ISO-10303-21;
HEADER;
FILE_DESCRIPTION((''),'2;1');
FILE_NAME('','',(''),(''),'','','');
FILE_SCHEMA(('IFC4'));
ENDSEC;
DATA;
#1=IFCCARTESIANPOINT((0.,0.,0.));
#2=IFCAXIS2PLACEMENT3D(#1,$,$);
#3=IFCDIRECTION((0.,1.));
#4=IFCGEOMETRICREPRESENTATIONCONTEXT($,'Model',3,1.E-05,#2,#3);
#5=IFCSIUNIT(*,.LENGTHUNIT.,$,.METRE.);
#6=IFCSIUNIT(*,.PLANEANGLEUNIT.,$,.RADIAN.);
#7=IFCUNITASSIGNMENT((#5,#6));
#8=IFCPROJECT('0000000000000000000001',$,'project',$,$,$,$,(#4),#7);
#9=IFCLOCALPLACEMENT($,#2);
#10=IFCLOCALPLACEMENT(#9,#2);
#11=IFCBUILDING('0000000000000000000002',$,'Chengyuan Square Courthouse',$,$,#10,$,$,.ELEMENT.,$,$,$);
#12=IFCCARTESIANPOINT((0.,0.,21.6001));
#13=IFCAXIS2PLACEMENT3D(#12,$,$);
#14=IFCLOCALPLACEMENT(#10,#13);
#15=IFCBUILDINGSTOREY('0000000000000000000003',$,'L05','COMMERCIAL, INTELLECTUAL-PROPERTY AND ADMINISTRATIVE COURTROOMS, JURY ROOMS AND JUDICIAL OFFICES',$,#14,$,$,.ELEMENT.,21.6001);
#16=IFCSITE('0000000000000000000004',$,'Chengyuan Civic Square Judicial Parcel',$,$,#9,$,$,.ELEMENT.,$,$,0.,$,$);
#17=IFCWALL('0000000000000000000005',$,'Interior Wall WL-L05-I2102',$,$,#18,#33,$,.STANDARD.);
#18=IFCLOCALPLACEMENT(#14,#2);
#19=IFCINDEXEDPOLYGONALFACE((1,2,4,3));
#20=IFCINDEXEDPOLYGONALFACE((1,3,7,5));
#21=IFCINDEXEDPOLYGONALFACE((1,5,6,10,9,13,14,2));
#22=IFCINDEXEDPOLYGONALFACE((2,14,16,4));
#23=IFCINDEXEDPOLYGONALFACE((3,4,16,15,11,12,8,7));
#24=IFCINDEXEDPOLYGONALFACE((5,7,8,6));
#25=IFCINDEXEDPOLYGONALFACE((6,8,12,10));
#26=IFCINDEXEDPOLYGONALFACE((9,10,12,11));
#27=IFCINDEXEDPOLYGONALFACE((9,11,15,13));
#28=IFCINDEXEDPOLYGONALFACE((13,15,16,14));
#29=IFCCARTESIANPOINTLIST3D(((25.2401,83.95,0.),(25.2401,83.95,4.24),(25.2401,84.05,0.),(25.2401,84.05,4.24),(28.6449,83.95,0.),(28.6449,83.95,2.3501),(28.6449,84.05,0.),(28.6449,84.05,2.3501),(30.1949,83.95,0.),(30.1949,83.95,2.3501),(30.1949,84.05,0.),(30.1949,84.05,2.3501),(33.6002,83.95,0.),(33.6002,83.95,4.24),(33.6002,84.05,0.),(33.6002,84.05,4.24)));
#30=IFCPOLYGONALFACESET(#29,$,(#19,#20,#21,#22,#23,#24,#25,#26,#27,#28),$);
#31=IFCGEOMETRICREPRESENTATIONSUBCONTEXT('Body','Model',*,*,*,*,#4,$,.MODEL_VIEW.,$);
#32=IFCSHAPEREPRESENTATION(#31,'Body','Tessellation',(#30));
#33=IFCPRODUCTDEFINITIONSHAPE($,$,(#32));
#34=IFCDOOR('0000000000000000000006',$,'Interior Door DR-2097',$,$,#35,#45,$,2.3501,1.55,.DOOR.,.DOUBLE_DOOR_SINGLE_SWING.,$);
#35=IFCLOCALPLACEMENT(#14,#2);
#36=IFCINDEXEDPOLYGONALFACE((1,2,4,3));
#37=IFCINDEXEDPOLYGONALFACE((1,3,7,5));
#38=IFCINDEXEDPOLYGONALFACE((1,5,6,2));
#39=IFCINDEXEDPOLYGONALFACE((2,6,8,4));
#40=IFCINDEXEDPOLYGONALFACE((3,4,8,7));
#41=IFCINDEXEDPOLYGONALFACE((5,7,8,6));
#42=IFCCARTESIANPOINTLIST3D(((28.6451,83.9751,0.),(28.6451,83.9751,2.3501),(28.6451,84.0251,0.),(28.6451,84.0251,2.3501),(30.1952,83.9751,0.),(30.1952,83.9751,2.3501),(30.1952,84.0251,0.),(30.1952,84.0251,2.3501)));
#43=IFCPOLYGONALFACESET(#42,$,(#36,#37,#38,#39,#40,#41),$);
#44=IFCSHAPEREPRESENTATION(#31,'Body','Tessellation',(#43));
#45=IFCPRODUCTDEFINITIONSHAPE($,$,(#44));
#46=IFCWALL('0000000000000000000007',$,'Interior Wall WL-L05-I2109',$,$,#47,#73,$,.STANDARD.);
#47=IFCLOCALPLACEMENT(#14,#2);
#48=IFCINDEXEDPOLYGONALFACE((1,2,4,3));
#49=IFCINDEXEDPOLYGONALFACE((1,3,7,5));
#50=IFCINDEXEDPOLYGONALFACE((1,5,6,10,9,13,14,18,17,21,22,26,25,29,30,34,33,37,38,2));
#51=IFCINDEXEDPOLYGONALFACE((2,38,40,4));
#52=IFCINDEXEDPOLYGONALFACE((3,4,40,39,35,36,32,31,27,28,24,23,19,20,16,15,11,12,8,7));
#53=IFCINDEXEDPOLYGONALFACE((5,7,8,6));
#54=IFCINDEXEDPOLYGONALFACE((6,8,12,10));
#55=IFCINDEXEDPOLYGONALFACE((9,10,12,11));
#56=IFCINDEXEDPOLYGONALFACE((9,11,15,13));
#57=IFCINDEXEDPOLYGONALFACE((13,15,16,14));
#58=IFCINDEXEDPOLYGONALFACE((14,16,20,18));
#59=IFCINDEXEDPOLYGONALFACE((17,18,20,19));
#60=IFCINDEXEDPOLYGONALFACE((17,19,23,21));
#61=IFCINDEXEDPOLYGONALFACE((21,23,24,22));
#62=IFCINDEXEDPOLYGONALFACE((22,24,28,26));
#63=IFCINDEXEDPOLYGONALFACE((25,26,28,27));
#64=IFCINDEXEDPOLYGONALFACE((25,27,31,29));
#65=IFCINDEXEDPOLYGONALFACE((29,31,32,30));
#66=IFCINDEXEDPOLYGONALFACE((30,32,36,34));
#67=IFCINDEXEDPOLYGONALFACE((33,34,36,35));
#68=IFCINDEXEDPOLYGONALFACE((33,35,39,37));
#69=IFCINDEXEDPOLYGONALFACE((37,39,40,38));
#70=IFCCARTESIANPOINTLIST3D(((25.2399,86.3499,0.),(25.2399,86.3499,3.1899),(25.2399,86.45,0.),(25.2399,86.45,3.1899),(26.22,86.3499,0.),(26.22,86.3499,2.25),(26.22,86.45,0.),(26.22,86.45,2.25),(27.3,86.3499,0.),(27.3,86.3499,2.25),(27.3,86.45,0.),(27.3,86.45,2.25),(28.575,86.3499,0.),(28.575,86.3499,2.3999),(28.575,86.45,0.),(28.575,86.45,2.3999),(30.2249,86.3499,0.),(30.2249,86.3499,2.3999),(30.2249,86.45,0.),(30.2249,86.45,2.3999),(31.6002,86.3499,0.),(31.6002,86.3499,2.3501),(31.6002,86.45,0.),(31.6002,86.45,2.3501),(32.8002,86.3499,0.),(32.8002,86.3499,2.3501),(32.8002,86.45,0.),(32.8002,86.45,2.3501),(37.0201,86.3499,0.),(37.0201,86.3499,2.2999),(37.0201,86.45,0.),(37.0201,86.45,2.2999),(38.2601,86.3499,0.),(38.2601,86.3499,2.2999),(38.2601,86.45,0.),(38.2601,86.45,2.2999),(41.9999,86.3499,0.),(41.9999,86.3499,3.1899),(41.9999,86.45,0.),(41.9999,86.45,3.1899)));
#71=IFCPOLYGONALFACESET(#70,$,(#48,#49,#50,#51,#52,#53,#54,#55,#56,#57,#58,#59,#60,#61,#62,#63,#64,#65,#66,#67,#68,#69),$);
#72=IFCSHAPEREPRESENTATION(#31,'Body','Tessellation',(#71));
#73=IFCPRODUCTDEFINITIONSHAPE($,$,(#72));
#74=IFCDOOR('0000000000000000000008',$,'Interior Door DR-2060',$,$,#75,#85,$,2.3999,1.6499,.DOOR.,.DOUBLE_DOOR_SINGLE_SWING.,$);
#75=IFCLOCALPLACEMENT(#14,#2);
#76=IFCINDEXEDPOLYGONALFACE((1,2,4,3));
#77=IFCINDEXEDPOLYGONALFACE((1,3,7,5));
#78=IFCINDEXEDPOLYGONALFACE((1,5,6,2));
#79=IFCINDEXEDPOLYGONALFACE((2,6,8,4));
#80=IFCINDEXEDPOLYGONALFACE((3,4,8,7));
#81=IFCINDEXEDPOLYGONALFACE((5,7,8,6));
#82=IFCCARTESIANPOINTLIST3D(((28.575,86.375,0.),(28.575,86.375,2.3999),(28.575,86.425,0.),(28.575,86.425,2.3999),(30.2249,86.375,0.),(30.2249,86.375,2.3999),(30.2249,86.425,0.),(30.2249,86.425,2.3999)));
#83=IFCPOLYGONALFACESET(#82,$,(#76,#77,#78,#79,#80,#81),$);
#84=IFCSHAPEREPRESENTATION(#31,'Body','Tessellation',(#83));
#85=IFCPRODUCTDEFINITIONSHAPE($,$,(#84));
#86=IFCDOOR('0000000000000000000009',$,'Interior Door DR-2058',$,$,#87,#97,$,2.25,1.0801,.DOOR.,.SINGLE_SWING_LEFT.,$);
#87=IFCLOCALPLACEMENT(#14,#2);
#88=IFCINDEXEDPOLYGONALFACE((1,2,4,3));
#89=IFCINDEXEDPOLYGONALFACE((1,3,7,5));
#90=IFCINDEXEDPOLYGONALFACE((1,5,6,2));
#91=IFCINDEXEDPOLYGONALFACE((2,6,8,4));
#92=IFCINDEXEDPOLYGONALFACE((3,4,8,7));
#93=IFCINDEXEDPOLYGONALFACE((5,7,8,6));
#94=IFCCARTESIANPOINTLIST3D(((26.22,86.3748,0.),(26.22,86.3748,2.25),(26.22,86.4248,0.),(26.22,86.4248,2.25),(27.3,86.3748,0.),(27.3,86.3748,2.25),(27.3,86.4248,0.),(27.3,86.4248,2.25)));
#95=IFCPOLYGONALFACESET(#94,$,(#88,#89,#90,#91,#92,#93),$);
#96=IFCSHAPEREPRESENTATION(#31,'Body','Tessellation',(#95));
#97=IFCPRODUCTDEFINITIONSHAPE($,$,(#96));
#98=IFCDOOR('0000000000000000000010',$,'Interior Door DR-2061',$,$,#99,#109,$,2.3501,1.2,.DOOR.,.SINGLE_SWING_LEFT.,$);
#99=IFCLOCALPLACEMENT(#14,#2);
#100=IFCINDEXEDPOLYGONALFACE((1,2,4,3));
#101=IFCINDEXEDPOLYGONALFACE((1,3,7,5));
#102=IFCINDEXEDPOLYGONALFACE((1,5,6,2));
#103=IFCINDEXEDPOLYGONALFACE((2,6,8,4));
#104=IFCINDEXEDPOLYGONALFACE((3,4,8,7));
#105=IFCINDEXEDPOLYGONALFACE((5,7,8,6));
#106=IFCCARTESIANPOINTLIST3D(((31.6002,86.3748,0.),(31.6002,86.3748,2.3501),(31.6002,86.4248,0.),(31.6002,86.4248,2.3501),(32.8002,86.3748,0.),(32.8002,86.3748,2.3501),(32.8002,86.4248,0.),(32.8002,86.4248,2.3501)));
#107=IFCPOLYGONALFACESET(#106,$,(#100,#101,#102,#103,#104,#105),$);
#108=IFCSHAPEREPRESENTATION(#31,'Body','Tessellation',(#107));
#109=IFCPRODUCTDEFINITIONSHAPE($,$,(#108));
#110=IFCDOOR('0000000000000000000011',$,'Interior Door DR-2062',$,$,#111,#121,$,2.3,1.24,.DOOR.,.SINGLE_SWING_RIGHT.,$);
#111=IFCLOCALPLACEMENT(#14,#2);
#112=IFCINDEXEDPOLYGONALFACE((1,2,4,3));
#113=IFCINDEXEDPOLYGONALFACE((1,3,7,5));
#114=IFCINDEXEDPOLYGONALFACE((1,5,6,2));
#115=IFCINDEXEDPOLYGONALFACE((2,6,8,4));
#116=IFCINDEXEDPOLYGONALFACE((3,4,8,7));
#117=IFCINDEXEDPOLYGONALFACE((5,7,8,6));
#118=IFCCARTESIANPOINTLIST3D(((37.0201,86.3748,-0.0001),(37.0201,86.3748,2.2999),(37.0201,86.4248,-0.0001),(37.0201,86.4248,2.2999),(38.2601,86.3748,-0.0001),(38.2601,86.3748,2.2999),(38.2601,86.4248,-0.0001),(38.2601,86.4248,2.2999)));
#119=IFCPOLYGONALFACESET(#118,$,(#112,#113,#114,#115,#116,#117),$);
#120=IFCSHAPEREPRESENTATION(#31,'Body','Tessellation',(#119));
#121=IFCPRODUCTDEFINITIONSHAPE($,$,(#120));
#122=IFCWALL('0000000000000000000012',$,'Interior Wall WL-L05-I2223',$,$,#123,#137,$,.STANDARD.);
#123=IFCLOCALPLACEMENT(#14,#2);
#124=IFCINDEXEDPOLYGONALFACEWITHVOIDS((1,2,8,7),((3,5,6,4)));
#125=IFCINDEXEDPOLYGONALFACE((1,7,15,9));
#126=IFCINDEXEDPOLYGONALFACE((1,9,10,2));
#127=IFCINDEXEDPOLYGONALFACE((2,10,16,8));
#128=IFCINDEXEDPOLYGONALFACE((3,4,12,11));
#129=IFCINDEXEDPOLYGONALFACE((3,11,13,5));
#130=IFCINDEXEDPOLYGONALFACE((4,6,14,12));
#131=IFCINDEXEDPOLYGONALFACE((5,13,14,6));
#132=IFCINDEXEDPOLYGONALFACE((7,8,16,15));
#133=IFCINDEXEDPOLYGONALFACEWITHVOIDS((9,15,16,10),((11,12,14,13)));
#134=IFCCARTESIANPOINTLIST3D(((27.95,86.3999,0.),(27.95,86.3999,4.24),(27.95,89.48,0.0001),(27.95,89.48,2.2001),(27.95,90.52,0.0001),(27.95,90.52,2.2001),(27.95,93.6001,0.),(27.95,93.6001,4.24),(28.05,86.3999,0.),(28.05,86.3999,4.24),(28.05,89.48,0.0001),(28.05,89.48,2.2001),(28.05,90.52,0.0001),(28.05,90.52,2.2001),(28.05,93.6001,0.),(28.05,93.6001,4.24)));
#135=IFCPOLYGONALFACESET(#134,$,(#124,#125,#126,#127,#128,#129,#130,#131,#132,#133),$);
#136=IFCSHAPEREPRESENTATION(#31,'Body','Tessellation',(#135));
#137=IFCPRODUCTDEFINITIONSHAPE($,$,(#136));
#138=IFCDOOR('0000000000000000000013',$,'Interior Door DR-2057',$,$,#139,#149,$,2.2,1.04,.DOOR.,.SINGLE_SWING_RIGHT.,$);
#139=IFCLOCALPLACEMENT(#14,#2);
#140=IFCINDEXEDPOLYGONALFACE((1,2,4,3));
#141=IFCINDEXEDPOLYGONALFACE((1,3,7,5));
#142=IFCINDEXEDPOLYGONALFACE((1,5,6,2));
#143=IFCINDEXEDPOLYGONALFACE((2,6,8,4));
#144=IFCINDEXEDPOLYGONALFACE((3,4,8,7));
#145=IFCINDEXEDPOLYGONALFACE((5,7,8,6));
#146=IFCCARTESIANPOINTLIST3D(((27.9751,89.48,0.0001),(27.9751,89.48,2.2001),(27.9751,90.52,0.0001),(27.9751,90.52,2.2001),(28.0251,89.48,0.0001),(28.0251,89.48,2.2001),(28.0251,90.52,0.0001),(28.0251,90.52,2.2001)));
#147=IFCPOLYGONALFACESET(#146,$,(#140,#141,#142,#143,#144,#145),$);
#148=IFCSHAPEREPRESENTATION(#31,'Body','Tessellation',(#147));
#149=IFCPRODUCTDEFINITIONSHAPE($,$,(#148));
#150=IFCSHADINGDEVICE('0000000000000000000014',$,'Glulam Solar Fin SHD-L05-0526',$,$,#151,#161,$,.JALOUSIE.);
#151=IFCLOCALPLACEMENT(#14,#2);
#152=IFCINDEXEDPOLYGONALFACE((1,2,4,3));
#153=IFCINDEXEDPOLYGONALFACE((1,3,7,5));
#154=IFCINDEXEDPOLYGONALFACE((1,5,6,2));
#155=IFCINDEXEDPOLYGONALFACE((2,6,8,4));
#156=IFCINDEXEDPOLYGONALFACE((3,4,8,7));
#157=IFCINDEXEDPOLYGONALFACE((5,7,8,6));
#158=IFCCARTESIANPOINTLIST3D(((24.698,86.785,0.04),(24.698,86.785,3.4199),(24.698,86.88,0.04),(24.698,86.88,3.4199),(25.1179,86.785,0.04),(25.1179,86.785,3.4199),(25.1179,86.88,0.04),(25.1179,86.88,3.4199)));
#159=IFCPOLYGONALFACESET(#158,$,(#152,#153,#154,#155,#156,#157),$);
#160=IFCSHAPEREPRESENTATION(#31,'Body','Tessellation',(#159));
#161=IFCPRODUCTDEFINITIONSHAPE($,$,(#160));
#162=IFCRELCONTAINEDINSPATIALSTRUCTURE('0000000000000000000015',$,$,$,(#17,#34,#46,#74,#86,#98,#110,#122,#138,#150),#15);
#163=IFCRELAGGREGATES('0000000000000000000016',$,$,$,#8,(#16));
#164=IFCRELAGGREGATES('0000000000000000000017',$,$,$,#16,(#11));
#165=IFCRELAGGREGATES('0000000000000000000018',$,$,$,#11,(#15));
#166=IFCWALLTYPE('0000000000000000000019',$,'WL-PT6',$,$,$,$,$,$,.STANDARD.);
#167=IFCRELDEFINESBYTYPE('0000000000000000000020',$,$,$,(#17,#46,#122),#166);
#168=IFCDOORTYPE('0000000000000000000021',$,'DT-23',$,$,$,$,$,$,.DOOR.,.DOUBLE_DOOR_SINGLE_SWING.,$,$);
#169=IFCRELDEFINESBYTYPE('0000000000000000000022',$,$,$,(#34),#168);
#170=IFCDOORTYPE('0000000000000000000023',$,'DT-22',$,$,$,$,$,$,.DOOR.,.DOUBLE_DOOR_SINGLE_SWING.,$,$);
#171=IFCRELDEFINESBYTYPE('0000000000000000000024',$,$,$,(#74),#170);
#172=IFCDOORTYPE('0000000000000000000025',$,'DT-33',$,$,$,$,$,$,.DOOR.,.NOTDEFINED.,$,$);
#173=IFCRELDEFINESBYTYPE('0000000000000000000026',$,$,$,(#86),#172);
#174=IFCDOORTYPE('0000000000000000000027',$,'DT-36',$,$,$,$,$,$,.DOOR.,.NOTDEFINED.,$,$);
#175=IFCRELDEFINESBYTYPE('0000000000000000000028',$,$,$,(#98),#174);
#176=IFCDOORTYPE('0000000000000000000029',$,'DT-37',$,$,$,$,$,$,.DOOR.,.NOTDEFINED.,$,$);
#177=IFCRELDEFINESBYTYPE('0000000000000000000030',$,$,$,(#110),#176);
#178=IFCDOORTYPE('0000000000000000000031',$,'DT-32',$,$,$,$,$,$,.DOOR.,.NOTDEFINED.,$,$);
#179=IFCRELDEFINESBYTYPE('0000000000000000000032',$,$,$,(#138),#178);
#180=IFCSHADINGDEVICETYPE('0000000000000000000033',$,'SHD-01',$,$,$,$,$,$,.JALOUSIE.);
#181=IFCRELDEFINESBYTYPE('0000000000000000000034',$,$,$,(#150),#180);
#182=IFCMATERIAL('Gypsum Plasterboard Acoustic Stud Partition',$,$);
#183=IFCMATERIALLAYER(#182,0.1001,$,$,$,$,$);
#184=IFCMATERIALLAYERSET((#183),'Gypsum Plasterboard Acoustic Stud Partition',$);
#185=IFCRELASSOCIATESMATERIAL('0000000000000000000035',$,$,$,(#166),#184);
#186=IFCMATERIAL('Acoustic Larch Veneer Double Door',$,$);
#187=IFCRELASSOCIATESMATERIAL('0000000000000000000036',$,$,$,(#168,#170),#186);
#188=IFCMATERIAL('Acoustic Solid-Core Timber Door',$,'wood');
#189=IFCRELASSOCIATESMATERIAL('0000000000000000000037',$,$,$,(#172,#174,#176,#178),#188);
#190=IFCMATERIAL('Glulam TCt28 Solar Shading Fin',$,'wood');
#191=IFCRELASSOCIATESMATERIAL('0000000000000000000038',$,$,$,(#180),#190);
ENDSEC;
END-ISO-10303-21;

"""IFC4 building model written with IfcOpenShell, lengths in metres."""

from ifc_helpers import new_model, si_unit, direction, frame, frame_2d, origin, origin_2d, place, context, subcontext, project, spatial, rectangle, extrude, material, layer, layer_set, type_object, element, fill, save


model = new_model("IFC4")

# Units and contexts
model_context = context("Model", 3, precision=1e-05, world=origin(), true_north=direction((0.0, 1.0)))
body_context = subcontext(model_context, "Body", "Model", "MODEL_VIEW")
ifc_project = project(units=[si_unit("LENGTHUNIT", "METRE"), si_unit("PLANEANGLEUNIT", "RADIAN")], contexts=[model_context])

# Site, building, storey
site_placement = place(None, origin())
site = spatial("IfcSite", under=ifc_project, at=site_placement, Name="Chengyuan Civic Square Judicial Parcel", CompositionType="ELEMENT", RefElevation=0.0)
building_placement = place(site_placement, origin())
building = spatial("IfcBuilding", under=site, at=building_placement, Name="Chengyuan Square Courthouse", CompositionType="ELEMENT")
storey_placement = place(building_placement, frame((0.0, 0.0, 21.6001)))
storey = spatial("IfcBuildingStorey", under=building, at=storey_placement, Name="L05", Description="COMMERCIAL, INTELLECTUAL-PROPERTY AND ADMINISTRATIVE COURTROOMS, JURY ROOMS AND JUDICIAL OFFICES", CompositionType="ELEMENT", Elevation=21.6001)

# Wall, opening, door
ifc_material_1 = material(Name="Gypsum Plasterboard Acoustic Stud Partition")
ifc_layer_1 = layer(ifc_material_1, 0.1001)
ifc_layer_set_1 = layer_set([ifc_layer_1], Name="Gypsum Plasterboard Acoustic Stud Partition")
wall_type_1 = type_object("IfcWallType", Name="WL-PT6", PredefinedType="STANDARD", material=ifc_layer_set_1)
wall_1_placement = place(storey_placement, frame((25.24, 84.0, 0.0), z_axis=(0.0, 0.0, 1.0), x_axis=(1.0, 0.0, 0.0)))
wall_1 = element("IfcWall", 1, at=wall_1_placement, inside=storey, type_object=wall_type_1, Name="Interior Wall WL-L05-I2102", PredefinedType="STANDARD", context=body_context, shape_type="SweptSolid", body=[
    extrude(rectangle(XDim=8.3601, YDim=0.1001, at=frame_2d((4.1802, 0.0))), origin(), (0.0, 0.0, 1.0), 4.24),
])
opening_1_placement = place(wall_1_placement, frame((3.405, 0.0, 0.0)))
opening_1 = element("IfcOpeningElement", 2, at=opening_1_placement, cuts=wall_1, PredefinedType="OPENING", context=body_context, shape_type="SweptSolid", body=[
    extrude(rectangle(XDim=1.55, YDim=2.3501, at=frame_2d((0.7749, 1.175))), frame((0.0, 0.062, 0.0), z_axis=(0.0, -1.0, 0.0), x_axis=(1.0, 0.0, 0.0)), (0.0, 0.0, 1.0), 0.124),
])
ifc_material_2 = material(Name="Acoustic Larch Veneer Double Door")
door_type_1 = type_object("IfcDoorType", Name="DT-23", OperationType="DOUBLE_DOOR_SINGLE_SWING", PredefinedType="DOOR", material=ifc_material_2)
door_1_placement = place(opening_1_placement, frame((1.55, 0.0, 0.0), z_axis=(0.0, 0.0, 1.0), x_axis=(-1.0, 0.0, 0.0)))
door_1 = element("IfcDoor", 3, at=door_1_placement, inside=storey, type_object=door_type_1, Name="Interior Door DR-2097", OperationType="DOUBLE_DOOR_SINGLE_SWING", OverallHeight=2.3501, OverallWidth=1.55, PredefinedType="DOOR", context=body_context, shape_type="SweptSolid", body=[
    extrude(rectangle(XDim=1.55, YDim=2.3501, at=frame_2d((0.7749, 1.175))), frame((0.0, 0.0249, 0.0), z_axis=(0.0, -1.0, 0.0), x_axis=(1.0, 0.0, 0.0)), (0.0, 0.0, 1.0), 0.05),
])
fill(opening_1, door_1)

# Wall, openings, doors
wall_2_placement = place(storey_placement, frame((25.24, 86.3999, 0.0), z_axis=(0.0, 0.0, 1.0), x_axis=(1.0, 0.0, 0.0)))
wall_2 = element("IfcWall", 4, at=wall_2_placement, inside=storey, type_object=wall_type_1, Name="Interior Wall WL-L05-I2109", PredefinedType="STANDARD", context=body_context, shape_type="SweptSolid", body=[
    extrude(rectangle(XDim=16.76, YDim=0.1001, at=frame_2d((8.3799, 0.0))), origin(), (0.0, 0.0, 1.0), 3.1899),
])
opening_2_placement = place(wall_2_placement, frame((0.98, 0.0, 0.0)))
opening_2 = element("IfcOpeningElement", 5, at=opening_2_placement, cuts=wall_2, PredefinedType="OPENING", context=body_context, shape_type="SweptSolid", body=[
    extrude(rectangle(XDim=1.0801, YDim=2.25, at=frame_2d((0.54, 1.125))), frame((0.0, 0.062, 0.0), z_axis=(0.0, -1.0, 0.0), x_axis=(1.0, 0.0, 0.0)), (0.0, 0.0, 1.0), 0.124),
])
opening_3_placement = place(wall_2_placement, frame((3.335, 0.0, 0.0)))
opening_3 = element("IfcOpeningElement", 6, at=opening_3_placement, cuts=wall_2, PredefinedType="OPENING", context=body_context, shape_type="SweptSolid", body=[
    extrude(rectangle(XDim=1.6499, YDim=2.3999, at=frame_2d((0.825, 1.2))), frame((0.0, 0.062, 0.0), z_axis=(0.0, -1.0, 0.0), x_axis=(1.0, 0.0, 0.0)), (0.0, 0.0, 1.0), 0.124),
])
opening_4_placement = place(wall_2_placement, frame((6.3601, 0.0, 0.0)))
opening_4 = element("IfcOpeningElement", 7, at=opening_4_placement, cuts=wall_2, PredefinedType="OPENING", context=body_context, shape_type="SweptSolid", body=[
    extrude(rectangle(XDim=1.2, YDim=2.3501, at=frame_2d((0.6001, 1.175))), frame((0.0, 0.062, 0.0), z_axis=(0.0, -1.0, 0.0), x_axis=(1.0, 0.0, 0.0)), (0.0, 0.0, 1.0), 0.124),
])
opening_5_placement = place(wall_2_placement, frame((11.78, 0.0, 0.0)))
opening_5 = element("IfcOpeningElement", 8, at=opening_5_placement, cuts=wall_2, PredefinedType="OPENING", context=body_context, shape_type="SweptSolid", body=[
    extrude(rectangle(XDim=1.24, YDim=2.3, at=frame_2d((0.6201, 1.1499))), frame((0.0, 0.062, 0.0), z_axis=(0.0, -1.0, 0.0), x_axis=(1.0, 0.0, 0.0)), (0.0, 0.0, 1.0), 0.124),
])
door_type_2 = type_object("IfcDoorType", Name="DT-22", OperationType="DOUBLE_DOOR_SINGLE_SWING", PredefinedType="DOOR", material=ifc_material_2)
door_2_placement = place(opening_3_placement, frame((1.6499, 0.0, 0.0), z_axis=(0.0, 0.0, 1.0), x_axis=(-1.0, 0.0, 0.0)))
door_2 = element("IfcDoor", 9, at=door_2_placement, inside=storey, type_object=door_type_2, Name="Interior Door DR-2060", OperationType="DOUBLE_DOOR_SINGLE_SWING", OverallHeight=2.3999, OverallWidth=1.6499, PredefinedType="DOOR", context=body_context, shape_type="SweptSolid", body=[
    extrude(rectangle(XDim=1.6499, YDim=2.3999, at=frame_2d((0.825, 1.2))), frame((0.0, 0.0249, 0.0), z_axis=(0.0, -1.0, 0.0), x_axis=(1.0, 0.0, 0.0)), (0.0, 0.0, 1.0), 0.05),
])
fill(opening_3, door_2)
ifc_material_3 = material(Name="Acoustic Solid-Core Timber Door", Category="wood")
door_type_3 = type_object("IfcDoorType", Name="DT-33", OperationType="NOTDEFINED", PredefinedType="DOOR", material=ifc_material_3)
door_3_placement = place(opening_2_placement, origin())
door_3 = element("IfcDoor", 10, at=door_3_placement, inside=storey, type_object=door_type_3, Name="Interior Door DR-2058", OperationType="SINGLE_SWING_LEFT", OverallHeight=2.25, OverallWidth=1.0801, PredefinedType="DOOR", context=body_context, shape_type="SweptSolid", body=[
    extrude(rectangle(XDim=1.0801, YDim=2.25, at=frame_2d((0.54, 1.125))), frame((0.0, 0.0249, 0.0), z_axis=(0.0, -1.0, 0.0), x_axis=(1.0, 0.0, 0.0)), (0.0, 0.0, 1.0), 0.05),
])
fill(opening_2, door_3)
door_type_4 = type_object("IfcDoorType", Name="DT-36", OperationType="NOTDEFINED", PredefinedType="DOOR", material=ifc_material_3)
door_4_placement = place(opening_4_placement, origin())
door_4 = element("IfcDoor", 11, at=door_4_placement, inside=storey, type_object=door_type_4, Name="Interior Door DR-2061", OperationType="SINGLE_SWING_LEFT", OverallHeight=2.3501, OverallWidth=1.2, PredefinedType="DOOR", context=body_context, shape_type="SweptSolid", body=[
    extrude(rectangle(XDim=1.2, YDim=2.3501, at=frame_2d((0.6001, 1.175))), frame((0.0, 0.0249, 0.0), z_axis=(0.0, -1.0, 0.0), x_axis=(1.0, 0.0, 0.0)), (0.0, 0.0, 1.0), 0.05),
])
fill(opening_4, door_4)
door_type_5 = type_object("IfcDoorType", Name="DT-37", OperationType="NOTDEFINED", PredefinedType="DOOR", material=ifc_material_3)
door_5_placement = place(opening_5_placement, origin())
door_5 = element("IfcDoor", 12, at=door_5_placement, inside=storey, type_object=door_type_5, Name="Interior Door DR-2062", OperationType="SINGLE_SWING_RIGHT", OverallHeight=2.3, OverallWidth=1.24, PredefinedType="DOOR", context=body_context, shape_type="SweptSolid", body=[
    extrude(rectangle(XDim=1.24, YDim=2.3, at=frame_2d((0.6201, 1.1499))), frame((0.0, 0.0249, 0.0), z_axis=(0.0, -1.0, 0.0), x_axis=(1.0, 0.0, 0.0)), (0.0, 0.0, 1.0), 0.05),
])
fill(opening_5, door_5)

# Wall, opening, door
wall_3_placement = place(storey_placement, frame((28.0, 86.3999, 0.0), z_axis=(0.0, 0.0, 1.0), x_axis=(0.0, 1.0, 0.0)))
wall_3 = element("IfcWall", 13, at=wall_3_placement, inside=storey, type_object=wall_type_1, Name="Interior Wall WL-L05-I2223", PredefinedType="STANDARD", context=body_context, shape_type="SweptSolid", body=[
    extrude(rectangle(XDim=7.2002, YDim=0.1001, at=frame_2d((3.6001, 0.0))), origin(), (0.0, 0.0, 1.0), 4.24),
])
opening_6_placement = place(wall_3_placement, frame((3.0801, 0.0, 0.0)))
opening_6 = element("IfcOpeningElement", 14, at=opening_6_placement, cuts=wall_3, PredefinedType="OPENING", context=body_context, shape_type="SweptSolid", body=[
    extrude(rectangle(XDim=1.04, YDim=2.2, at=frame_2d((0.52, 1.1001))), frame((0.0, 0.062, 0.0), z_axis=(0.0, -1.0, 0.0), x_axis=(1.0, 0.0, 0.0)), (0.0, 0.0, 1.0), 0.124),
])
door_type_6 = type_object("IfcDoorType", Name="DT-32", OperationType="NOTDEFINED", PredefinedType="DOOR", material=ifc_material_3)
door_6_placement = place(opening_6_placement, origin())
door_6 = element("IfcDoor", 15, at=door_6_placement, inside=storey, type_object=door_type_6, Name="Interior Door DR-2057", OperationType="SINGLE_SWING_RIGHT", OverallHeight=2.2, OverallWidth=1.04, PredefinedType="DOOR", context=body_context, shape_type="SweptSolid", body=[
    extrude(rectangle(XDim=1.04, YDim=2.2, at=frame_2d((0.52, 1.1001))), frame((0.0, 0.0249, 0.0), z_axis=(0.0, -1.0, 0.0), x_axis=(1.0, 0.0, 0.0)), (0.0, 0.0, 1.0), 0.05),
])
fill(opening_6, door_6)

# Shading device
ifc_material_4 = material(Name="Glulam TCt28 Solar Shading Fin", Category="wood")
shading_device_type = type_object("IfcShadingDeviceType", Name="SHD-01", PredefinedType="JALOUSIE", material=ifc_material_4)
shading_device_placement = place(storey_placement, frame((24.908, 86.8325, 0.04), z_axis=(0.0, 0.0, 1.0), x_axis=(1.0, 0.0, 0.0)))
element("IfcShadingDevice", 16, at=shading_device_placement, inside=storey, type_object=shading_device_type, Name="Glulam Solar Fin SHD-L05-0526", PredefinedType="JALOUSIE", context=body_context, shape_type="SweptSolid", body=[
    extrude(rectangle(XDim=0.4199, YDim=0.095, at=origin_2d()), origin(), (0.0, 0.0, 1.0), 3.3799),
])

save(model, "model.ifc")
